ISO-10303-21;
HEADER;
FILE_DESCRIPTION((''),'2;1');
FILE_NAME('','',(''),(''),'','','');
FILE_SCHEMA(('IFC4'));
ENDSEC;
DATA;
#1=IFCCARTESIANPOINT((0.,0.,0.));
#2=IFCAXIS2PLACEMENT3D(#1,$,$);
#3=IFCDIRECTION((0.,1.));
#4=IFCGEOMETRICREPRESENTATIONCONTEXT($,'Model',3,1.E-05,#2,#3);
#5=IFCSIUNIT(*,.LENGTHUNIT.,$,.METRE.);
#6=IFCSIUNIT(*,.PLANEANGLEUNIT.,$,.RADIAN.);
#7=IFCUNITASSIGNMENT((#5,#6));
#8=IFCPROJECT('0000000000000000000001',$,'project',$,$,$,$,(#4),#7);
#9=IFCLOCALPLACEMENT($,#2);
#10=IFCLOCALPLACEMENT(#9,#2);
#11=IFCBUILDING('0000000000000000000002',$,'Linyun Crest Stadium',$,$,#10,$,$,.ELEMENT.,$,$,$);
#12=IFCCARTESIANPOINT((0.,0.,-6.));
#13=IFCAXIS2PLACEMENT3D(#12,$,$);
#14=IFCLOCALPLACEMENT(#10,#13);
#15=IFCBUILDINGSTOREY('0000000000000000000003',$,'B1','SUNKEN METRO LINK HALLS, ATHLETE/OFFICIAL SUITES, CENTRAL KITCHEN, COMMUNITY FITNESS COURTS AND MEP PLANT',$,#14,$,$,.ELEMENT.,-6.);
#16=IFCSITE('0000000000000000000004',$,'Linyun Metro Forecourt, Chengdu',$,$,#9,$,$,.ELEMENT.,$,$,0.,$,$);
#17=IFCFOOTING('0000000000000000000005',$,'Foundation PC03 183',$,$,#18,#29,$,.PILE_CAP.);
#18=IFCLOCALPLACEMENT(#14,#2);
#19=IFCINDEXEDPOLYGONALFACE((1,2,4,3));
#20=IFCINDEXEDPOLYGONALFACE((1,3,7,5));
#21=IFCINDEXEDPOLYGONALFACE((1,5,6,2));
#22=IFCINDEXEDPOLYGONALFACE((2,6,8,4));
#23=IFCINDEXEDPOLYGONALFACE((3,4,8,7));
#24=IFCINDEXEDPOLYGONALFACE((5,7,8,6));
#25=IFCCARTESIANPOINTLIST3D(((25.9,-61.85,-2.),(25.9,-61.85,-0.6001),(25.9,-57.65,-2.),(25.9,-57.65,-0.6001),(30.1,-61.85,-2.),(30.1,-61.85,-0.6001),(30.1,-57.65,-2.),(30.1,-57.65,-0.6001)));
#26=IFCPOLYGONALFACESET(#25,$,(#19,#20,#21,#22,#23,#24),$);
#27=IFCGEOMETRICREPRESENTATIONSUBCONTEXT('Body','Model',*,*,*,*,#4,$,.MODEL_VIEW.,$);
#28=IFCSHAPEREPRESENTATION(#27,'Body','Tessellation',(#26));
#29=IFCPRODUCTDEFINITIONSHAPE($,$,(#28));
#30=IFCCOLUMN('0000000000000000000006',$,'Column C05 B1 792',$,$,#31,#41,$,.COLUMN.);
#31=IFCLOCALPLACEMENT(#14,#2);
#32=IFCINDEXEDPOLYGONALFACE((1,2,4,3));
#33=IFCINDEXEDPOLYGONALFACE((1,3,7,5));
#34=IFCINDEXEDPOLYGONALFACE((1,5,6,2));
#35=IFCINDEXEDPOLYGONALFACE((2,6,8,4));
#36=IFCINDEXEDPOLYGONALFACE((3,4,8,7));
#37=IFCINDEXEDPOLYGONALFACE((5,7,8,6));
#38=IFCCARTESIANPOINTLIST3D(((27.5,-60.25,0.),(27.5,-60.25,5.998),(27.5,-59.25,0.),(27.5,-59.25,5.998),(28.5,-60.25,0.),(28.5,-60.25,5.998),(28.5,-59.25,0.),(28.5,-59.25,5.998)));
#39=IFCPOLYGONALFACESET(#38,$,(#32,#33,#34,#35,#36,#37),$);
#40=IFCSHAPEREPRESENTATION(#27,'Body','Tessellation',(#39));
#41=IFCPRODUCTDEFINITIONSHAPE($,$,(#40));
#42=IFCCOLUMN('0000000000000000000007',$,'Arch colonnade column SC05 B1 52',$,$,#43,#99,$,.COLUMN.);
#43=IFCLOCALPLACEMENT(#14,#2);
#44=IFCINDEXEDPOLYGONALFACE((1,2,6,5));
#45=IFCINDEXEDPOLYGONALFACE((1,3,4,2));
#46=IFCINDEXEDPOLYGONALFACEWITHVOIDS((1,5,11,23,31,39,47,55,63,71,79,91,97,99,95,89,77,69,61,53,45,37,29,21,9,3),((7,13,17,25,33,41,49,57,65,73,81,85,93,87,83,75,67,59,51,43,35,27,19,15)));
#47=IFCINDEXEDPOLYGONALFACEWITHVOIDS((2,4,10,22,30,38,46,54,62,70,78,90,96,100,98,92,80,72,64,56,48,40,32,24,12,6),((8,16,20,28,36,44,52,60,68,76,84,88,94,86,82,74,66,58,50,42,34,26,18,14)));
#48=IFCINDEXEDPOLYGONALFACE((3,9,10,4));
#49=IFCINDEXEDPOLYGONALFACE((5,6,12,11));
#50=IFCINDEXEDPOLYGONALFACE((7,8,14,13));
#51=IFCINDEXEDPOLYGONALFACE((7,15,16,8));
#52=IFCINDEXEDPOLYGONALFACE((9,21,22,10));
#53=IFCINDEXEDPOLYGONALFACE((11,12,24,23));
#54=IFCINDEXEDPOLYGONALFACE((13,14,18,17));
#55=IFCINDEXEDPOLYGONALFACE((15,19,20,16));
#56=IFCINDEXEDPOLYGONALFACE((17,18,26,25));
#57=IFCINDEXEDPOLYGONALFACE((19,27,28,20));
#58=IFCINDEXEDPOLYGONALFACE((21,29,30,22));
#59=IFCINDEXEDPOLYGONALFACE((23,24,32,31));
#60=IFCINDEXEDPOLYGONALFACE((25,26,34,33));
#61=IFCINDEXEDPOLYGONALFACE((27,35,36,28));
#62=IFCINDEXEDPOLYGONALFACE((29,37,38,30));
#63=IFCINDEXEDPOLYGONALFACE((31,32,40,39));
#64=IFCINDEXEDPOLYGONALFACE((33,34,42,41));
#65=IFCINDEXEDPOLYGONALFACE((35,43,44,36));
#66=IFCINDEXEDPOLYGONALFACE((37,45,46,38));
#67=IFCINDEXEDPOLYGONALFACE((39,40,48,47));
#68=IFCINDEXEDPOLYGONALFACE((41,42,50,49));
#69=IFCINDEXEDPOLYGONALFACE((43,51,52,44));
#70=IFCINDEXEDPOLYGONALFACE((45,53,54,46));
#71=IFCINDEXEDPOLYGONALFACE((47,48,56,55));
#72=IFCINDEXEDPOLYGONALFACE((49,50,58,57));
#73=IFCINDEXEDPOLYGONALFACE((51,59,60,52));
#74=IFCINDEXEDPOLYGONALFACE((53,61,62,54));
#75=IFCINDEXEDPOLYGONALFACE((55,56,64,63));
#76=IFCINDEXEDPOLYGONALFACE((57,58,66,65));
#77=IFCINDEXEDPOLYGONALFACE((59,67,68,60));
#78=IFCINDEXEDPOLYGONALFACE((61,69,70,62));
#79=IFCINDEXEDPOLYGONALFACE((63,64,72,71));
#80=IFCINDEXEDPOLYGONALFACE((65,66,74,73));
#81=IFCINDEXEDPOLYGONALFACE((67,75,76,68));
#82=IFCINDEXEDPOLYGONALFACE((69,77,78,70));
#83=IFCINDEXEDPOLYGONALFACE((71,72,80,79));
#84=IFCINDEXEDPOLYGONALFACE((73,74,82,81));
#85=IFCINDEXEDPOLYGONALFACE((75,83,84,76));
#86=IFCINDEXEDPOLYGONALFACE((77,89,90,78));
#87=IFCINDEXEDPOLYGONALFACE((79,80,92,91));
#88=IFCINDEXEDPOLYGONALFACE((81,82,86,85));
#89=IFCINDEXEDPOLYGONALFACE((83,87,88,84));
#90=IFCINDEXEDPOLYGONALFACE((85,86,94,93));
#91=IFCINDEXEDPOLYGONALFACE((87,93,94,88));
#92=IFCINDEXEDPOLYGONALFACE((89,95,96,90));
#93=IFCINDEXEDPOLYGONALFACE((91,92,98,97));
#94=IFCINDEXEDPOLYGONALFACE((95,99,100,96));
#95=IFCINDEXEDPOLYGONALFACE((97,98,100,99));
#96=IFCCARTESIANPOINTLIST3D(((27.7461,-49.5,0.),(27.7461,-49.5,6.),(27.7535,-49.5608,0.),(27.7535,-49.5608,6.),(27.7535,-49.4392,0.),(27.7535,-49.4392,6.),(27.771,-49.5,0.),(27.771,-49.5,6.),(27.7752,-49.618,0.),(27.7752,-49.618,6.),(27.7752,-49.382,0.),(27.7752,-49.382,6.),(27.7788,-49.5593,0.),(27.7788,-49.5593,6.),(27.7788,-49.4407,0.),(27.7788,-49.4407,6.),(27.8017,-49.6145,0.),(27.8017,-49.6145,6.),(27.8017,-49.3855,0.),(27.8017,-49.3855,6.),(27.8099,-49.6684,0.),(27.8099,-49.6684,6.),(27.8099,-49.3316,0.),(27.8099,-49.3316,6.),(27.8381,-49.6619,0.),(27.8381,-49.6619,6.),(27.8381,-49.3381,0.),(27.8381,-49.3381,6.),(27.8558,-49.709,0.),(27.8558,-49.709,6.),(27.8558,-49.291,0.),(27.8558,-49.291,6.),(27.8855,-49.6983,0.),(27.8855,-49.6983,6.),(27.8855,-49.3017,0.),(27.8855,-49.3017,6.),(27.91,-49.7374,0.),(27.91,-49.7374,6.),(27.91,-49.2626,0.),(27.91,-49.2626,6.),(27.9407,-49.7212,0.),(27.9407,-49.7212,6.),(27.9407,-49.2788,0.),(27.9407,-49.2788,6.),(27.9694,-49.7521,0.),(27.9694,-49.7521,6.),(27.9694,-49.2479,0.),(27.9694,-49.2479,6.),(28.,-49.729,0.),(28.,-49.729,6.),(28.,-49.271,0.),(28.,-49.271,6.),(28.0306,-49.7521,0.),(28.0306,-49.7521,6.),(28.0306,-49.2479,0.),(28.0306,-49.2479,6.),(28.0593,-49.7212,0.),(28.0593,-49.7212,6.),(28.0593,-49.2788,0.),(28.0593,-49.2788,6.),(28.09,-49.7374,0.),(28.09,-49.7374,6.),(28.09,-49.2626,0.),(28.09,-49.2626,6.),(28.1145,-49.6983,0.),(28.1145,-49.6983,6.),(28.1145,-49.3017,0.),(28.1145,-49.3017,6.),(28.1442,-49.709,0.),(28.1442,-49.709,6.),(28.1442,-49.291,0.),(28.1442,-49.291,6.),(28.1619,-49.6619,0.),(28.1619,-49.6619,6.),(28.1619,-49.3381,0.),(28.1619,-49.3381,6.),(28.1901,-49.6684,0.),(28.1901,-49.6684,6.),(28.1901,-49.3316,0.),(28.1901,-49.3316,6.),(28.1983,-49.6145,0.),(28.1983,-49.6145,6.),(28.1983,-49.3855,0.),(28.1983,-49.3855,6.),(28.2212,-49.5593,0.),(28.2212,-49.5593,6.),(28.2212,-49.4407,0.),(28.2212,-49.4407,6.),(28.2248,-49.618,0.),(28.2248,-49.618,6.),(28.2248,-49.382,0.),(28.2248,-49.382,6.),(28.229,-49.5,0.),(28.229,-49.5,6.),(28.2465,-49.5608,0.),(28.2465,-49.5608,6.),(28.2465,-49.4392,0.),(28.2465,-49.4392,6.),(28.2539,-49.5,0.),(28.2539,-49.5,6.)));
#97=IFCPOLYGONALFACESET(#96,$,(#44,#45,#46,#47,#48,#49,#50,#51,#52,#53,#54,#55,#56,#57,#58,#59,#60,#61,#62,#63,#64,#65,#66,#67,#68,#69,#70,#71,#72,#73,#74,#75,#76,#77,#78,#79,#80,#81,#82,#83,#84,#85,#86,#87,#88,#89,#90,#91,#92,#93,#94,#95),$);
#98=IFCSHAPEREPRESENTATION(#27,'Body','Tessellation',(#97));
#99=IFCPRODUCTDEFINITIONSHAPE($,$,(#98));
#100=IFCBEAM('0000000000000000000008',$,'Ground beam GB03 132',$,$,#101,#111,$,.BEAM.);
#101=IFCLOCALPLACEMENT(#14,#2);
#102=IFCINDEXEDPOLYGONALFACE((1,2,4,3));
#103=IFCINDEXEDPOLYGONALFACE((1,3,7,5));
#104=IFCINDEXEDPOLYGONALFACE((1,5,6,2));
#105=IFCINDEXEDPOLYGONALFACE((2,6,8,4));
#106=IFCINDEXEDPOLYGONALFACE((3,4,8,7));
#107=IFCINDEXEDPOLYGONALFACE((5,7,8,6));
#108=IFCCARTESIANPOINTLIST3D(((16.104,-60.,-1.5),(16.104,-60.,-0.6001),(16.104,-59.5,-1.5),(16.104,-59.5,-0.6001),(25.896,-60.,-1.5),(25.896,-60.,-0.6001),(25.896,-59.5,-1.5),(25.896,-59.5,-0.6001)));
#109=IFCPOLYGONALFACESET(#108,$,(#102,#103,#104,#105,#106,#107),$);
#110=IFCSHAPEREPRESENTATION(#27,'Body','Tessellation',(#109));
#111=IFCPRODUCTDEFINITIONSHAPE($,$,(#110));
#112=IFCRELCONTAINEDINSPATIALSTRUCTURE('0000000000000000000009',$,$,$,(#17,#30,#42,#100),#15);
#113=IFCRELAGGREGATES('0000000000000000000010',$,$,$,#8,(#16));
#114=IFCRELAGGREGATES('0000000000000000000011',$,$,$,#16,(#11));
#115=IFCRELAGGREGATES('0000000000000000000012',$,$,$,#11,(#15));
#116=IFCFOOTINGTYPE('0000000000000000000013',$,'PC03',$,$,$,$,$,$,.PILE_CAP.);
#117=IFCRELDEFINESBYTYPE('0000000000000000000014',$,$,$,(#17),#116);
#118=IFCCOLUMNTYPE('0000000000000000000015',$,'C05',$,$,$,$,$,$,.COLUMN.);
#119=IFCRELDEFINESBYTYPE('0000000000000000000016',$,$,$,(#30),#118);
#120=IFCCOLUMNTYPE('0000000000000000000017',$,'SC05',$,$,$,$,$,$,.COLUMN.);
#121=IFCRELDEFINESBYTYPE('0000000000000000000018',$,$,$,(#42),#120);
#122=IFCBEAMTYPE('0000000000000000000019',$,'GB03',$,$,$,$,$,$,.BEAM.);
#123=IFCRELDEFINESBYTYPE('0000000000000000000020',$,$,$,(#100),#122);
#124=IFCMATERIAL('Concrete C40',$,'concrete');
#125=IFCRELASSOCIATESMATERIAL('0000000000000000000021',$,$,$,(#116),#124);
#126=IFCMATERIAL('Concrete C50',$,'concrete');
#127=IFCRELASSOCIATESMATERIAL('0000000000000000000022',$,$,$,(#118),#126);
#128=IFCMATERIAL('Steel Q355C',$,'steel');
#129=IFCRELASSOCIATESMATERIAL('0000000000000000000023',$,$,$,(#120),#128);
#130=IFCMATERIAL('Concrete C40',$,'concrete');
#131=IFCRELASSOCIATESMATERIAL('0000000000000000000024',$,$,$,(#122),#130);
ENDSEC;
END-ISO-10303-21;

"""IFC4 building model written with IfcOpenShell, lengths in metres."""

from ifc_helpers import new_model, si_unit, direction, frame, origin, origin_2d, place, context, subcontext, project, spatial, rectangle, hollow_circle, extrude, material, material_profile, profile_set, type_object, element, save


model = new_model("IFC4")

# Units and contexts
model_context = context("Model", 3, precision=1e-05, world=origin(), true_north=direction((0.0, 1.0)))
body_context = subcontext(model_context, "Body", "Model", "MODEL_VIEW")
ifc_project = project(units=[si_unit("LENGTHUNIT", "METRE"), si_unit("PLANEANGLEUNIT", "RADIAN")], contexts=[model_context])

# Site, building, storey
site_placement = place(None, origin())
site = spatial("IfcSite", under=ifc_project, at=site_placement, Name="Linyun Metro Forecourt, Chengdu", CompositionType="ELEMENT", RefElevation=0.0)
building_placement = place(site_placement, origin())
building = spatial("IfcBuilding", under=site, at=building_placement, Name="Linyun Crest Stadium", CompositionType="ELEMENT")
storey_placement = place(building_placement, frame((0.0, 0.0, -6.0)))
storey = spatial("IfcBuildingStorey", under=building, at=storey_placement, Name="B1", Description="SUNKEN METRO LINK HALLS, ATHLETE/OFFICIAL SUITES, CENTRAL KITCHEN, COMMUNITY FITNESS COURTS AND MEP PLANT", CompositionType="ELEMENT", Elevation=-6.0)

# Footing
ifc_material_1 = material(Name="Concrete C40", Category="concrete")
footing_type_1 = type_object("IfcFootingType", Name="PC03", PredefinedType="PILE_CAP", material=ifc_material_1)
footing_1_placement = place(storey_placement, frame((28.0, -59.75, -2.0), z_axis=(0.0, 0.0, 1.0), x_axis=(1.0, 0.0, 0.0)))
element("IfcFooting", 1, at=footing_1_placement, inside=storey, type_object=footing_type_1, Name="Foundation PC03 183", PredefinedType="PILE_CAP", context=body_context, shape_type="SweptSolid", body=[
    extrude(rectangle(XDim=4.2, YDim=4.2, at=origin_2d()), origin(), (0.0, 0.0, 1.0), 1.3999),
])

# Columns
ifc_material_2 = material(Name="Concrete C50", Category="concrete")
ifc_material_profile_1 = material_profile(ifc_material_2, rectangle(XDim=1.0, YDim=1.0, at=origin_2d()), Name="RC 1000x1000")
ifc_profile_set_1 = profile_set([ifc_material_profile_1], Name="Concrete C50")
column_type_1 = type_object("IfcColumnType", Name="C05", PredefinedType="COLUMN", material=ifc_profile_set_1)
column_1_placement = place(storey_placement, frame((28.0, -59.75, 0.0), z_axis=(0.0, 0.0, 1.0), x_axis=(1.0, 0.0, 0.0)))
element("IfcColumn", 2, at=column_1_placement, inside=storey, type_object=column_type_1, Name="Column C05 B1 792", PredefinedType="COLUMN", context=body_context, shape_type="SweptSolid", body=[
    extrude(rectangle(XDim=1.0, YDim=1.0, at=origin_2d()), origin(), (0.0, 0.0, 1.0), 5.998),
])
ifc_material_3 = material(Name="Steel Q355C", Category="steel")
ifc_material_profile_2 = material_profile(ifc_material_3, hollow_circle(Radius=0.2539, WallThickness=0.0249, at=origin_2d()), Name="CHS 508x25")
ifc_profile_set_2 = profile_set([ifc_material_profile_2], Name="Steel Q355C")
column_type_2 = type_object("IfcColumnType", Name="SC05", PredefinedType="COLUMN", material=ifc_profile_set_2)
column_2_placement = place(storey_placement, frame((28.0, -49.5, 0.0), z_axis=(0.0, 0.0, 1.0), x_axis=(1.0, 0.0, 0.0)))
element("IfcColumn", 3, at=column_2_placement, inside=storey, type_object=column_type_2, Name="Arch colonnade column SC05 B1 52", PredefinedType="COLUMN", context=body_context, shape_type="SweptSolid", body=[
    extrude(hollow_circle(Radius=0.2539, WallThickness=0.0249, at=origin_2d()), origin(), (0.0, 0.0, 1.0), 6.0),
])

# Beam
ifc_material_4 = material(Name="Concrete C40", Category="concrete")
ifc_material_profile_3 = material_profile(ifc_material_4, rectangle(XDim=0.5, YDim=0.8999, at=origin_2d()), Name="RCB 900x500")
ifc_profile_set_3 = profile_set([ifc_material_profile_3], Name="Concrete C40")
beam_type = type_object("IfcBeamType", Name="GB03", PredefinedType="BEAM", material=ifc_profile_set_3)
beam_placement = place(storey_placement, frame((16.104, -59.75, -1.05), z_axis=(1.0, 0.0, 0.0), x_axis=(0.0, 1.0, 0.0)))
element("IfcBeam", 4, at=beam_placement, inside=storey, type_object=beam_type, Name="Ground beam GB03 132", PredefinedType="BEAM", context=body_context, shape_type="SweptSolid", body=[
    extrude(rectangle(XDim=0.5, YDim=0.8999, at=origin_2d()), origin(), (0.0, 0.0, 1.0), 9.792),
])

save(model, "model.ifc")
